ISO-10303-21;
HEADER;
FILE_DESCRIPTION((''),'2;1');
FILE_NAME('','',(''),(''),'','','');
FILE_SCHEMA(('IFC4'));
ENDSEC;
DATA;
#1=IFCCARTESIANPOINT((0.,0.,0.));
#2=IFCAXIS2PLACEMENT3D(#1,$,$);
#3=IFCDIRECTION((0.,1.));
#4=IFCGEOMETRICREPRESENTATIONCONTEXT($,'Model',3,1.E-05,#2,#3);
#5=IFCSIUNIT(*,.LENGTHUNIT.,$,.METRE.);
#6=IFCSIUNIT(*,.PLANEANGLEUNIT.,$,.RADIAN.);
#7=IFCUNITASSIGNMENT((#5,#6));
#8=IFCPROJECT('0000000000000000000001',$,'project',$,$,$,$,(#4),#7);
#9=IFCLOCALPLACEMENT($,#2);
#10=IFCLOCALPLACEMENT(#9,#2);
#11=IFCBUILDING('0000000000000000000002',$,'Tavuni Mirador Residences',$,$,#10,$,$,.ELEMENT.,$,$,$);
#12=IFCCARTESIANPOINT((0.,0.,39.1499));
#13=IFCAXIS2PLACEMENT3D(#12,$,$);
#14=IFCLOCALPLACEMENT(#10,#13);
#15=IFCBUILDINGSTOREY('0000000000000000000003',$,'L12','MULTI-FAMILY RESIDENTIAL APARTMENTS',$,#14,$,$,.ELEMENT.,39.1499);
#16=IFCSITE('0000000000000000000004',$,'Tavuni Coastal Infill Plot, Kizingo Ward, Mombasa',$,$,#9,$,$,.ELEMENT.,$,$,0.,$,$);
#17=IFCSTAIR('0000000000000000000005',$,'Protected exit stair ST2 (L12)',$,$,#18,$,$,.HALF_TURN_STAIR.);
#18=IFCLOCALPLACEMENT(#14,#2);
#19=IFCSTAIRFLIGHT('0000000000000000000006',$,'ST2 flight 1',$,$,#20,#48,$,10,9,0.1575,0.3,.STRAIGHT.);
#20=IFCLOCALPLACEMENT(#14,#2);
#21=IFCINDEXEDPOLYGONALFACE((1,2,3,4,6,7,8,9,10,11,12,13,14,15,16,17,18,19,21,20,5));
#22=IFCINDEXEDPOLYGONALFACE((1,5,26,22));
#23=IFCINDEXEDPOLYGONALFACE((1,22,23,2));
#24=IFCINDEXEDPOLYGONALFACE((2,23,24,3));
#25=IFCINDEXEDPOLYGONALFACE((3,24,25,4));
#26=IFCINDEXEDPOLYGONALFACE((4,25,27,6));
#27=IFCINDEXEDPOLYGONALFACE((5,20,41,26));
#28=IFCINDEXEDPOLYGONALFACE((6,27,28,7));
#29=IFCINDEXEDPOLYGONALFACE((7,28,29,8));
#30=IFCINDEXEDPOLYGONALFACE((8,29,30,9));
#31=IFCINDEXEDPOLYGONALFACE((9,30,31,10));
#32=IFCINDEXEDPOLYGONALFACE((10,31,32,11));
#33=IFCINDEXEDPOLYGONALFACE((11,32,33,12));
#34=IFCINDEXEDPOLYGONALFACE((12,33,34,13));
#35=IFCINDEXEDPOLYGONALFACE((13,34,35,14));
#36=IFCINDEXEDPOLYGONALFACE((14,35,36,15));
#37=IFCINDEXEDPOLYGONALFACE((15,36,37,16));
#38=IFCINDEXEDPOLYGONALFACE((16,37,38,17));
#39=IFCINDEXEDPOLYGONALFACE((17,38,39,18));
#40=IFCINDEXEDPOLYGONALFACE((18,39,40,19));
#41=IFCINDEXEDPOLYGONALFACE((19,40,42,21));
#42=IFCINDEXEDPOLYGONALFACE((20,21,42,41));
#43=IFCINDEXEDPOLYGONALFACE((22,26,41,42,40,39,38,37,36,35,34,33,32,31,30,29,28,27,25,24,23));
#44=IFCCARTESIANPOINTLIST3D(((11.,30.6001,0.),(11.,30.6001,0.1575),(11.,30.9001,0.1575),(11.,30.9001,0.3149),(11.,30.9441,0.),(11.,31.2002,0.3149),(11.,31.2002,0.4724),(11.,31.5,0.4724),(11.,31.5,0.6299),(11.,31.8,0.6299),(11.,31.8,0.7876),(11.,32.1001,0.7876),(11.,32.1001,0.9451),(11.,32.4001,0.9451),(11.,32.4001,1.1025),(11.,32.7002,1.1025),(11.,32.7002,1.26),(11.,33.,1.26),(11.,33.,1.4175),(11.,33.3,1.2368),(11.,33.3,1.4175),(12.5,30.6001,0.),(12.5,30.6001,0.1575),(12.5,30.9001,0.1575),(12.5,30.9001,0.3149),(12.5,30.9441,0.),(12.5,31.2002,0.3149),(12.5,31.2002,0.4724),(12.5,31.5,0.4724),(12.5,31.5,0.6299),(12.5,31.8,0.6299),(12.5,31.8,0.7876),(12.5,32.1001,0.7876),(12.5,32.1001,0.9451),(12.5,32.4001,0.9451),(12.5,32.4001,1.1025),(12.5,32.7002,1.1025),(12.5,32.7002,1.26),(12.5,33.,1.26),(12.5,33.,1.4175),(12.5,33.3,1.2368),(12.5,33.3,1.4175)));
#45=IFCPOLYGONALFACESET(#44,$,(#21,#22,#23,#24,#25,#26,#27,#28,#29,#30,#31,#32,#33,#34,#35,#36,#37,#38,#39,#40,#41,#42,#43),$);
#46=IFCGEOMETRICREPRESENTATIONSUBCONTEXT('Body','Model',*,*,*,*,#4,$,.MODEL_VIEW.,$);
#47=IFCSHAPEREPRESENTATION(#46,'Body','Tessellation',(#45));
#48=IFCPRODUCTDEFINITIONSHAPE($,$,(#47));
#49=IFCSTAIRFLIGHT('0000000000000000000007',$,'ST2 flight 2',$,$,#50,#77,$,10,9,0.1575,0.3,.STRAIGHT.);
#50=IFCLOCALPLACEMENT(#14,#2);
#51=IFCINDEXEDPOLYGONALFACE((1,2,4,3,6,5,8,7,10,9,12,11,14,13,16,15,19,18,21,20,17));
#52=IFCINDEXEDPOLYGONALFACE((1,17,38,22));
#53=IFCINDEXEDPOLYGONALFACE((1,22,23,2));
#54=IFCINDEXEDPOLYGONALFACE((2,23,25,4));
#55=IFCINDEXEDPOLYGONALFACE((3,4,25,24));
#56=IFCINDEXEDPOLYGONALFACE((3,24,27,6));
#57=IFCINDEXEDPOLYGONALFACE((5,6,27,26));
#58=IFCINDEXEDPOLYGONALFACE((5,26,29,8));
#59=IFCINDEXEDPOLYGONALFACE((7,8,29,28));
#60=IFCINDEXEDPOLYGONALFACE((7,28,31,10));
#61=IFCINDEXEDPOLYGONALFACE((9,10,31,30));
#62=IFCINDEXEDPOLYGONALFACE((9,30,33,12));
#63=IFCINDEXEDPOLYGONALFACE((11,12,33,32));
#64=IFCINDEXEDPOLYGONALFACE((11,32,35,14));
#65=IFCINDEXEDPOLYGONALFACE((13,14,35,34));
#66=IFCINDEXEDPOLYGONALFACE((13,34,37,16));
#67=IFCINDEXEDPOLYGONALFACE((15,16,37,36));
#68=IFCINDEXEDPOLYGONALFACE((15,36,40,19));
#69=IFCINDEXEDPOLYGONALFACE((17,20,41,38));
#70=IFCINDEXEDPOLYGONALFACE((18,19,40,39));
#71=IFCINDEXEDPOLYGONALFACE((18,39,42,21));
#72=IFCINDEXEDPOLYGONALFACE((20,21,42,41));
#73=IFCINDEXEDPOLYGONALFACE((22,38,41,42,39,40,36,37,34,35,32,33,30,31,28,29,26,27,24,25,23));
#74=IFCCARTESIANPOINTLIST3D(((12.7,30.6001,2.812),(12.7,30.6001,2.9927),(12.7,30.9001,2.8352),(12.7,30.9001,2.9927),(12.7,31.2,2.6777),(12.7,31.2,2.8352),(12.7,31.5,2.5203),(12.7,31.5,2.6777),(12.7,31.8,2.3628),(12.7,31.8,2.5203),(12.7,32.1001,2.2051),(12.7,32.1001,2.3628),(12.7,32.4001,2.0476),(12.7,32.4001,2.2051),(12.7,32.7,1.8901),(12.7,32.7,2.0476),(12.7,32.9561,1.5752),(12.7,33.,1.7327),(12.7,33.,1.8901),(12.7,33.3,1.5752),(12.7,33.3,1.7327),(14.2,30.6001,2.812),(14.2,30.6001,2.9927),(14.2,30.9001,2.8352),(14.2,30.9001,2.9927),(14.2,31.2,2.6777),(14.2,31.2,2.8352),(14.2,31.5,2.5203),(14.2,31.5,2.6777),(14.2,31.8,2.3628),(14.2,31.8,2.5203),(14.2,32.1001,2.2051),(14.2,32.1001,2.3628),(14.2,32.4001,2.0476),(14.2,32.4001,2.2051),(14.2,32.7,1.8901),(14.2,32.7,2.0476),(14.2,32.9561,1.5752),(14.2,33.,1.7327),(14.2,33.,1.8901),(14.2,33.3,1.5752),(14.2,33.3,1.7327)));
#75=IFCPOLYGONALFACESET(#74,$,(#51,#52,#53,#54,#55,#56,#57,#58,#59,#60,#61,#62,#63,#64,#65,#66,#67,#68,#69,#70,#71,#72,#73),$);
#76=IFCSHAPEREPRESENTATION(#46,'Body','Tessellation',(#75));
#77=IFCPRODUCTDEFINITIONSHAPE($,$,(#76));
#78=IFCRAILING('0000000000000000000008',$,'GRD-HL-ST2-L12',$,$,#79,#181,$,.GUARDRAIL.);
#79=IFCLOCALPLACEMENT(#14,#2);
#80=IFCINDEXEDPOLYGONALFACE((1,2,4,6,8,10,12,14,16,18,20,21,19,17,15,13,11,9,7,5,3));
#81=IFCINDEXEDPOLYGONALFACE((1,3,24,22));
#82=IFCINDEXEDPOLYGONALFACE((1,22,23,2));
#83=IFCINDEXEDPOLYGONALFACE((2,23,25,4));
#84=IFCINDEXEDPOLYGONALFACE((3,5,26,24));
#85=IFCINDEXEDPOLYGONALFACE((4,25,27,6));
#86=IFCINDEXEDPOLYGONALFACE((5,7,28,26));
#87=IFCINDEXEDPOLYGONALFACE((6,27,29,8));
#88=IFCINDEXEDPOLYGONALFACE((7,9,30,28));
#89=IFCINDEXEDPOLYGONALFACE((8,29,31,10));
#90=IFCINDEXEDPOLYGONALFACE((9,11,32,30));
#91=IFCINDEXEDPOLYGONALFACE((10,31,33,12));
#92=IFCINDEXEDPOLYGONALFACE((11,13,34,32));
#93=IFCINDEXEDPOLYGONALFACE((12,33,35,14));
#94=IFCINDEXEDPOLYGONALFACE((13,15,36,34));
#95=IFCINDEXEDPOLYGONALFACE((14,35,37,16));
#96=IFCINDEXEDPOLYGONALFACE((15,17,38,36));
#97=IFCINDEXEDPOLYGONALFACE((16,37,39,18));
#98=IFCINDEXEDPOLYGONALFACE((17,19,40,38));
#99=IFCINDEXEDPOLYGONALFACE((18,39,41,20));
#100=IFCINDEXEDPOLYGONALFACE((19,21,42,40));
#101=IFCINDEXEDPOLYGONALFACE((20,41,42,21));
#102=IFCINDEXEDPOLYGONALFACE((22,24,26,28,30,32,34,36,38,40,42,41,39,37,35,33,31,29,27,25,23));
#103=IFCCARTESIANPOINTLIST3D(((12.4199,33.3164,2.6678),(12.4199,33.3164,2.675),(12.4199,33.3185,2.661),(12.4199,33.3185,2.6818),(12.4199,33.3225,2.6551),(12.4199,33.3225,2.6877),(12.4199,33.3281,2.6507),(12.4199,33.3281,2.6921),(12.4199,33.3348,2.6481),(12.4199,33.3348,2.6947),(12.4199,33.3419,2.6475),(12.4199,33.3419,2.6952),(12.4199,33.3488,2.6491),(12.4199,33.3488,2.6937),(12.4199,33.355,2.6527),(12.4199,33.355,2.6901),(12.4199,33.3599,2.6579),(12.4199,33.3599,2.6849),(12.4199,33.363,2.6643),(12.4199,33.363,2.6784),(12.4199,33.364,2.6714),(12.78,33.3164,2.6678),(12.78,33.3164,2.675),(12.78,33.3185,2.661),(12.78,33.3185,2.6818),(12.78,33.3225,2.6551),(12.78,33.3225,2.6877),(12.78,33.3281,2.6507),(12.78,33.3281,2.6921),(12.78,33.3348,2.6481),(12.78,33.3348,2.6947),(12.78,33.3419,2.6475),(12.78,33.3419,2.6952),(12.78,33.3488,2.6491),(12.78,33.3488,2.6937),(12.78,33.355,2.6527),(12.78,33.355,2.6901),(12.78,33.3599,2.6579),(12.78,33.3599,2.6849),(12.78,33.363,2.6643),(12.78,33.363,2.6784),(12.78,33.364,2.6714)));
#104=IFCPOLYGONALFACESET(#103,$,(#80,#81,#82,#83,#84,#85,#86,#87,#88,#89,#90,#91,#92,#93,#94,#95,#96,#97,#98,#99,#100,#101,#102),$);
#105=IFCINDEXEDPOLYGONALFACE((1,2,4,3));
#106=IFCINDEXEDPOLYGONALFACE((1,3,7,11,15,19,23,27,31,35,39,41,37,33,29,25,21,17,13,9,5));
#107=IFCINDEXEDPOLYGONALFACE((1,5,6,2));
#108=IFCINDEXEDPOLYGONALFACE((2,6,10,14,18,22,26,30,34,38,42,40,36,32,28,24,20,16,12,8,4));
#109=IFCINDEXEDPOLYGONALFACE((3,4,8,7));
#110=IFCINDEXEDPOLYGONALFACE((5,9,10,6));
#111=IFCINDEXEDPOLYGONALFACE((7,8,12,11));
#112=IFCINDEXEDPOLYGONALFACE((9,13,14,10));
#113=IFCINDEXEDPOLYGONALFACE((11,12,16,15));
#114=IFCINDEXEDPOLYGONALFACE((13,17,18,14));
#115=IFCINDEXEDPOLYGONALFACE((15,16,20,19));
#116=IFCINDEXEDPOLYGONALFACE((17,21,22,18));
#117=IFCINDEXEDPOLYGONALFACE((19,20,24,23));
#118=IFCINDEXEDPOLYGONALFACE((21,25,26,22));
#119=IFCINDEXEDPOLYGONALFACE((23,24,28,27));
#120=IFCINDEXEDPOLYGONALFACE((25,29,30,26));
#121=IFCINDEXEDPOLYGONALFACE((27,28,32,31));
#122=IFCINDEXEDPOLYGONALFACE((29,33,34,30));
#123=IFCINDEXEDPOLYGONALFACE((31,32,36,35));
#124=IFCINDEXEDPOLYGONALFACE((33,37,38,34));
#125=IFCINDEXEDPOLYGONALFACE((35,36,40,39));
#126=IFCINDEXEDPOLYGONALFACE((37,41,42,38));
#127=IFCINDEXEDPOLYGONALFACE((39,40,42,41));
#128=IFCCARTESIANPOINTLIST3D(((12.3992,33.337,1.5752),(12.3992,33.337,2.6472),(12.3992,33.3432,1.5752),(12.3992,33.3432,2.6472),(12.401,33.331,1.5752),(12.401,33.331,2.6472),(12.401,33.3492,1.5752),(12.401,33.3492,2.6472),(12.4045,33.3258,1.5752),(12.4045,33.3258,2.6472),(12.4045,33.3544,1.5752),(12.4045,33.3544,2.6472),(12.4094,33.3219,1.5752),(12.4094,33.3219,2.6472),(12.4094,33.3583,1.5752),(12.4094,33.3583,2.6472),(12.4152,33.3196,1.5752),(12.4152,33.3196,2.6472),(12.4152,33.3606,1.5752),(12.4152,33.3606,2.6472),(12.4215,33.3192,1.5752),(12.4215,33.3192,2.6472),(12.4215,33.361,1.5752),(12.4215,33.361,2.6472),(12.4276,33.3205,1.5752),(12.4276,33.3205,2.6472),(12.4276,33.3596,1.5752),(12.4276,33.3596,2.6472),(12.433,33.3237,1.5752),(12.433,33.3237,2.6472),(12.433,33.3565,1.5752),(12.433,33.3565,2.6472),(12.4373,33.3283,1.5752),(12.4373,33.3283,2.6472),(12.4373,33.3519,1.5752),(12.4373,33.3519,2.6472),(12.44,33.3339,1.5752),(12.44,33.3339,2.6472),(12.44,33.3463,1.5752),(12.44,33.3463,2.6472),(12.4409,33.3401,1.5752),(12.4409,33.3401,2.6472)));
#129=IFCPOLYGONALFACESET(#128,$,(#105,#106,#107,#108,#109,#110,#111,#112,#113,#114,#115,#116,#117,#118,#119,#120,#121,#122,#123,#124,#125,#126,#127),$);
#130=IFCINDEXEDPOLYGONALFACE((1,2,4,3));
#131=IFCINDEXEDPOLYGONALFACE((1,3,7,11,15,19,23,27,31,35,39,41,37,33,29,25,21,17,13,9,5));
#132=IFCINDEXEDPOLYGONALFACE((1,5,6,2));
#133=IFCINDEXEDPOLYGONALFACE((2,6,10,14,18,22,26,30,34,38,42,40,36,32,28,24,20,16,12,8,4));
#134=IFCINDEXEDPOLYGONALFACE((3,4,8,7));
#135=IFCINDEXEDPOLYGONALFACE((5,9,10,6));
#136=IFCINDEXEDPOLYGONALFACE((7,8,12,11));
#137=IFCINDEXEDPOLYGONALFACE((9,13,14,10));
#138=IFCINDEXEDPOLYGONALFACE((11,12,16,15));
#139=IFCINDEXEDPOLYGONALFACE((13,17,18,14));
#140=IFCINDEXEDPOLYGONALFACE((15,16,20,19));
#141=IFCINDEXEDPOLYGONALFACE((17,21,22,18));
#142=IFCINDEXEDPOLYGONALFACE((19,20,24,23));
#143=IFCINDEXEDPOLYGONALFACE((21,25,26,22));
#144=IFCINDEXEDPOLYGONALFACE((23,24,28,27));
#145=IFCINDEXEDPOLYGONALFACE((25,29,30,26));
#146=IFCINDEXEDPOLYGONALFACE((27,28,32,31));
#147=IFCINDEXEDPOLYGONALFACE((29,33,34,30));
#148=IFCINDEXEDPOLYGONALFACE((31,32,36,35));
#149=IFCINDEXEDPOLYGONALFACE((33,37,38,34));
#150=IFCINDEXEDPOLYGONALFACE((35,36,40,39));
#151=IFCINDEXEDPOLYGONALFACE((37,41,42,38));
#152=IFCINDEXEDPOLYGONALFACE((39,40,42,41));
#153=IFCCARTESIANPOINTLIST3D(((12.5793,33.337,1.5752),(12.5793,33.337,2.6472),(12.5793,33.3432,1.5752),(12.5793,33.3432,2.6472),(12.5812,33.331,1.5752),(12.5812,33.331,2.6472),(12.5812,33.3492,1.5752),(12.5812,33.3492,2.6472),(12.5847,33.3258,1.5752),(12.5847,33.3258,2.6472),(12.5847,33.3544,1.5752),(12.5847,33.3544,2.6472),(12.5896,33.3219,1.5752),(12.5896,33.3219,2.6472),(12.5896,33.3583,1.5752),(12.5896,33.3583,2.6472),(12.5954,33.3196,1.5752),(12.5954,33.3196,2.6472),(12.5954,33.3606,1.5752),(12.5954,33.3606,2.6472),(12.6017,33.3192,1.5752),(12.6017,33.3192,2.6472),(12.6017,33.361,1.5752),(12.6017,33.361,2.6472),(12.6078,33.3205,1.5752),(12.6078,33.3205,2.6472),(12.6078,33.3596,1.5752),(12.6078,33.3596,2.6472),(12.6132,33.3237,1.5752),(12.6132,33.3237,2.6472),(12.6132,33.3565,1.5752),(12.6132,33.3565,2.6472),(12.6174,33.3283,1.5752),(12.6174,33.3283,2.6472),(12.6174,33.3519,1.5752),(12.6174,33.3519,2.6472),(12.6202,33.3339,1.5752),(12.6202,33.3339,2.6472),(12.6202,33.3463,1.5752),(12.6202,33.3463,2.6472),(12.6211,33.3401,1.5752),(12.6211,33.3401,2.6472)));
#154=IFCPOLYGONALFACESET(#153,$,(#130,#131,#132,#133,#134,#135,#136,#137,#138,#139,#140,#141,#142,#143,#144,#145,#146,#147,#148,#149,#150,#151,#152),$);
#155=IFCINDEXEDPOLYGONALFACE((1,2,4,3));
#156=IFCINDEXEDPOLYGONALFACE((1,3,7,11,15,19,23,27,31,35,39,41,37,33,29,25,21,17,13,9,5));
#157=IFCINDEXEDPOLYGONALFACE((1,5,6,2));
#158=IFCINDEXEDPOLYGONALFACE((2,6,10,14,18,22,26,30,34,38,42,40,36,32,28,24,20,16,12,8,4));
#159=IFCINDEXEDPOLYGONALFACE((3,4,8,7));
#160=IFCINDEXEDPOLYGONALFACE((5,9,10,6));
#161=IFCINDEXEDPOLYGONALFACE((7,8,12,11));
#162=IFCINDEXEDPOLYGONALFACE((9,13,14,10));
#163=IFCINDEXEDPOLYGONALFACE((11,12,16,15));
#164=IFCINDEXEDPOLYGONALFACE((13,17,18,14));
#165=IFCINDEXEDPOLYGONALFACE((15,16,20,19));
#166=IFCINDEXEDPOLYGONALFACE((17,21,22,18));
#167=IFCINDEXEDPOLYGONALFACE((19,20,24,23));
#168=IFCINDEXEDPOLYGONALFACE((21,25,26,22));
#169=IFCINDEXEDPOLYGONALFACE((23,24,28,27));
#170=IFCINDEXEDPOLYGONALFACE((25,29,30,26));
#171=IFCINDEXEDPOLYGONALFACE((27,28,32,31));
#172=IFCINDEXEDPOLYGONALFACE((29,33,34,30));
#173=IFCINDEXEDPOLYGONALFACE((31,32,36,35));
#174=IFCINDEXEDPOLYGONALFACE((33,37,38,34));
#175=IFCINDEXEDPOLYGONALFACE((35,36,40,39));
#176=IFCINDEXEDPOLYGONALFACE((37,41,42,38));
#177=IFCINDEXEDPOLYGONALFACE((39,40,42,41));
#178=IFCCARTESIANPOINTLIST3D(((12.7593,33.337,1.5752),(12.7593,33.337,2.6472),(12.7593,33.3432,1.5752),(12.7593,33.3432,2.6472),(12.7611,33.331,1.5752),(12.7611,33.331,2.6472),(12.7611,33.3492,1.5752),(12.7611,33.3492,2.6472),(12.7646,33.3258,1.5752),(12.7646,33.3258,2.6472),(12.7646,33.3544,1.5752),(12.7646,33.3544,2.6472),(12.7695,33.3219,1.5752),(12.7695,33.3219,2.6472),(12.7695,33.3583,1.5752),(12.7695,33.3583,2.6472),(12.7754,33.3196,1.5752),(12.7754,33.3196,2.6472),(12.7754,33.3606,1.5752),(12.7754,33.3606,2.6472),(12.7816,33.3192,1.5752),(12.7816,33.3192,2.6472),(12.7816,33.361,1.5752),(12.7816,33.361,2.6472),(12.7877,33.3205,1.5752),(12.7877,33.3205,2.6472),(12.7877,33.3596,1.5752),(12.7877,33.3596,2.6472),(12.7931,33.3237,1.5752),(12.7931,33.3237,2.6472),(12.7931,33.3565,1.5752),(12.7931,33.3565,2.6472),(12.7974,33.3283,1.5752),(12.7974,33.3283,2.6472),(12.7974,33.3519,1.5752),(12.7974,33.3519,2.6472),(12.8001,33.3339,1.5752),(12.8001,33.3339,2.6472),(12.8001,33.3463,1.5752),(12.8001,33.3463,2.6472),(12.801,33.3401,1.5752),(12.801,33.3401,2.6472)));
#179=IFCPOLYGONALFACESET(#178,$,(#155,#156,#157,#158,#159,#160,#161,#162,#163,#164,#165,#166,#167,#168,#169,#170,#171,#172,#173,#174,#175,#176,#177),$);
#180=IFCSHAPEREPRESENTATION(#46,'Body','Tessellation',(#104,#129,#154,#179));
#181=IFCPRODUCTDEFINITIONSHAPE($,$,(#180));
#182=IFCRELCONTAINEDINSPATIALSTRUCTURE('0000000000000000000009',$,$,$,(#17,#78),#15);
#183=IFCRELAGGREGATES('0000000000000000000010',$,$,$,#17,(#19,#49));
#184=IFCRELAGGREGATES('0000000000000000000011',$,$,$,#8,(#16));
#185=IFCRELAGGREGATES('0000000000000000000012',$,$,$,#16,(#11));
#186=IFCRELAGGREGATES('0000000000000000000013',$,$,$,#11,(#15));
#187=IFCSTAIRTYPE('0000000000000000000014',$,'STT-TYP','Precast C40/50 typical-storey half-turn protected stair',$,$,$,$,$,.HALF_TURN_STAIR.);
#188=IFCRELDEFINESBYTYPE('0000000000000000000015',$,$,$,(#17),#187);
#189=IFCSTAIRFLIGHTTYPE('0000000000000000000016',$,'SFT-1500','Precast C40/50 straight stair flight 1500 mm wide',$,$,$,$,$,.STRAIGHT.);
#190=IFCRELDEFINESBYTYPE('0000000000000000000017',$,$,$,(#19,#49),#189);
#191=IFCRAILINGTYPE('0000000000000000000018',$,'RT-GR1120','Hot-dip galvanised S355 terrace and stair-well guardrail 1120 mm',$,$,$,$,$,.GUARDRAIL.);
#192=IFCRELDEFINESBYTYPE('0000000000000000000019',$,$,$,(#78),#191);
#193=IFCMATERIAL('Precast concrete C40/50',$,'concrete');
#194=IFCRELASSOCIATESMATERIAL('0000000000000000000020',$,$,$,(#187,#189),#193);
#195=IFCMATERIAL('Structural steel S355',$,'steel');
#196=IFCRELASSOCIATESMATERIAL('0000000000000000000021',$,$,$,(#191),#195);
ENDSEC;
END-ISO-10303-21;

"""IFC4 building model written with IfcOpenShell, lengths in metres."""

from ifc_helpers import new_model, si_unit, direction, frame, origin, origin_2d, place, context, subcontext, project, spatial, polyline, circle, outline, extrude, material, type_object, element, aggregate, save


model = new_model("IFC4")

# Units and contexts
model_context = context("Model", 3, precision=1e-05, world=origin(), true_north=direction((0.0, 1.0)))
body_context = subcontext(model_context, "Body", "Model", "MODEL_VIEW")
ifc_project = project(units=[si_unit("LENGTHUNIT", "METRE"), si_unit("PLANEANGLEUNIT", "RADIAN")], contexts=[model_context])

# Site, building, storey
site_placement = place(None, origin())
site = spatial("IfcSite", under=ifc_project, at=site_placement, Name="Tavuni Coastal Infill Plot, Kizingo Ward, Mombasa", CompositionType="ELEMENT", RefElevation=0.0)
building_placement = place(site_placement, origin())
building = spatial("IfcBuilding", under=site, at=building_placement, Name="Tavuni Mirador Residences", CompositionType="ELEMENT")
storey_placement = place(building_placement, frame((0.0, 0.0, 39.1499)))
storey = spatial("IfcBuildingStorey", under=building, at=storey_placement, Name="L12", Description="MULTI-FAMILY RESIDENTIAL APARTMENTS", CompositionType="ELEMENT", Elevation=39.1499)

# Shared definitions
ifc_material_1 = material(Name="Precast concrete C40/50", Category="concrete")

# Shared definitions
ifc_material_2 = material(Name="Structural steel S355", Category="steel")

# Stair, stair flights
stair_type = type_object("IfcStairType", Name="STT-TYP", Description="Precast C40/50 typical-storey half-turn protected stair", PredefinedType="HALF_TURN_STAIR", material=ifc_material_1)
stair_placement = place(storey_placement, origin())
stair = element("IfcStair", 1, at=stair_placement, inside=storey, type_object=stair_type, Name="Protected exit stair ST2 (L12)", PredefinedType="HALF_TURN_STAIR")
stair_flight_type = type_object("IfcStairFlightType", Name="SFT-1500", Description="Precast C40/50 straight stair flight 1500 mm wide", PredefinedType="STRAIGHT", material=ifc_material_1)
stair_flight_1_placement = place(storey_placement, frame((11.75, 30.6001, 0.0), z_axis=(0.0, 0.0, 1.0), x_axis=(0.0, 1.0, 0.0)))
stair_flight_1 = element("IfcStairFlight", 2, at=stair_flight_1_placement, type_object=stair_flight_type, Name="ST2 flight 1", NumberOfRisers=10, NumberOfTreads=9, PredefinedType="STRAIGHT", RiserHeight=0.1575, TreadLength=0.3, context=body_context, shape_type="SweptSolid", body=[
    extrude(outline(polyline([(0.0, 0.0), (0.0, 0.1575), (0.3, 0.1575), (0.3, 0.3149), (0.6001, 0.3149), (0.6001, 0.4724), (0.8999, 0.4724), (0.8999, 0.6299), (1.2, 0.6299), (1.2, 0.7876), (1.5, 0.7876), (1.5, 0.9451), (1.8, 0.9451), (1.8, 1.1025), (2.1001, 1.1025), (2.1001, 1.26), (2.3999, 1.26), (2.3999, 1.4175), (2.7, 1.4175), (2.7, 1.575), (2.7, 1.2368), (0.344, 0.0), (0.0, 0.0)])), frame((0.0, 0.75, 0.0), z_axis=(0.0, -1.0, 0.0), x_axis=(1.0, 0.0, 0.0)), (0.0, 0.0, 1.0), 1.5),
])
stair_flight_2_placement = place(storey_placement, frame((13.45, 33.3, 1.5752), z_axis=(0.0, 0.0, 1.0), x_axis=(0.0, -1.0, 0.0)))
stair_flight_2 = element("IfcStairFlight", 3, at=stair_flight_2_placement, type_object=stair_flight_type, Name="ST2 flight 2", NumberOfRisers=10, NumberOfTreads=9, PredefinedType="STRAIGHT", RiserHeight=0.1575, TreadLength=0.3, context=body_context, shape_type="SweptSolid", body=[
    extrude(outline(polyline([(0.0, 0.0), (0.0, 0.1575), (0.3, 0.1575), (0.3, 0.3149), (0.6001, 0.3149), (0.6001, 0.4724), (0.8999, 0.4724), (0.8999, 0.6299), (1.2, 0.6299), (1.2, 0.7876), (1.5, 0.7876), (1.5, 0.9451), (1.8, 0.9451), (1.8, 1.1025), (2.1001, 1.1025), (2.1001, 1.26), (2.3999, 1.26), (2.3999, 1.4175), (2.7, 1.4175), (2.7, 1.575), (2.7, 1.2368), (0.344, 0.0), (0.0, 0.0)])), frame((0.0, 0.75, 0.0), z_axis=(0.0, -1.0, 0.0), x_axis=(1.0, 0.0, 0.0)), (0.0, 0.0, 1.0), 1.5),
])
aggregate(stair, [stair_flight_1, stair_flight_2])

# Railing
railing_type_1 = type_object("IfcRailingType", Name="RT-GR1120", Description="Hot-dip galvanised S355 terrace and stair-well guardrail 1120 mm", PredefinedType="GUARDRAIL", material=ifc_material_2)
railing_1_placement = place(storey_placement, frame((12.4199, 33.3401, 1.5752)))
element("IfcRailing", 4, at=railing_1_placement, inside=storey, type_object=railing_type_1, Name="GRD-HL-ST2-L12", PredefinedType="GUARDRAIL", context=body_context, shape_type="SweptSolid", body=[
    extrude(circle(Radius=0.0239, at=origin_2d()), frame((0.0, 0.0, 1.0962), z_axis=(1.0, 0.0, 0.0), x_axis=(0.0, 1.0, 0.0)), (0.0, 0.0, 1.0), 0.3601),
    extrude(circle(Radius=0.021, at=origin_2d()), origin(), (0.0, 0.0, 1.0), 1.072),
    extrude(circle(Radius=0.021, at=origin_2d()), frame((0.1802, 0.0, 0.0)), (0.0, 0.0, 1.0), 1.072),
    extrude(circle(Radius=0.021, at=origin_2d()), frame((0.3601, 0.0, 0.0)), (0.0, 0.0, 1.0), 1.072),
])

save(model, "model.ifc")
